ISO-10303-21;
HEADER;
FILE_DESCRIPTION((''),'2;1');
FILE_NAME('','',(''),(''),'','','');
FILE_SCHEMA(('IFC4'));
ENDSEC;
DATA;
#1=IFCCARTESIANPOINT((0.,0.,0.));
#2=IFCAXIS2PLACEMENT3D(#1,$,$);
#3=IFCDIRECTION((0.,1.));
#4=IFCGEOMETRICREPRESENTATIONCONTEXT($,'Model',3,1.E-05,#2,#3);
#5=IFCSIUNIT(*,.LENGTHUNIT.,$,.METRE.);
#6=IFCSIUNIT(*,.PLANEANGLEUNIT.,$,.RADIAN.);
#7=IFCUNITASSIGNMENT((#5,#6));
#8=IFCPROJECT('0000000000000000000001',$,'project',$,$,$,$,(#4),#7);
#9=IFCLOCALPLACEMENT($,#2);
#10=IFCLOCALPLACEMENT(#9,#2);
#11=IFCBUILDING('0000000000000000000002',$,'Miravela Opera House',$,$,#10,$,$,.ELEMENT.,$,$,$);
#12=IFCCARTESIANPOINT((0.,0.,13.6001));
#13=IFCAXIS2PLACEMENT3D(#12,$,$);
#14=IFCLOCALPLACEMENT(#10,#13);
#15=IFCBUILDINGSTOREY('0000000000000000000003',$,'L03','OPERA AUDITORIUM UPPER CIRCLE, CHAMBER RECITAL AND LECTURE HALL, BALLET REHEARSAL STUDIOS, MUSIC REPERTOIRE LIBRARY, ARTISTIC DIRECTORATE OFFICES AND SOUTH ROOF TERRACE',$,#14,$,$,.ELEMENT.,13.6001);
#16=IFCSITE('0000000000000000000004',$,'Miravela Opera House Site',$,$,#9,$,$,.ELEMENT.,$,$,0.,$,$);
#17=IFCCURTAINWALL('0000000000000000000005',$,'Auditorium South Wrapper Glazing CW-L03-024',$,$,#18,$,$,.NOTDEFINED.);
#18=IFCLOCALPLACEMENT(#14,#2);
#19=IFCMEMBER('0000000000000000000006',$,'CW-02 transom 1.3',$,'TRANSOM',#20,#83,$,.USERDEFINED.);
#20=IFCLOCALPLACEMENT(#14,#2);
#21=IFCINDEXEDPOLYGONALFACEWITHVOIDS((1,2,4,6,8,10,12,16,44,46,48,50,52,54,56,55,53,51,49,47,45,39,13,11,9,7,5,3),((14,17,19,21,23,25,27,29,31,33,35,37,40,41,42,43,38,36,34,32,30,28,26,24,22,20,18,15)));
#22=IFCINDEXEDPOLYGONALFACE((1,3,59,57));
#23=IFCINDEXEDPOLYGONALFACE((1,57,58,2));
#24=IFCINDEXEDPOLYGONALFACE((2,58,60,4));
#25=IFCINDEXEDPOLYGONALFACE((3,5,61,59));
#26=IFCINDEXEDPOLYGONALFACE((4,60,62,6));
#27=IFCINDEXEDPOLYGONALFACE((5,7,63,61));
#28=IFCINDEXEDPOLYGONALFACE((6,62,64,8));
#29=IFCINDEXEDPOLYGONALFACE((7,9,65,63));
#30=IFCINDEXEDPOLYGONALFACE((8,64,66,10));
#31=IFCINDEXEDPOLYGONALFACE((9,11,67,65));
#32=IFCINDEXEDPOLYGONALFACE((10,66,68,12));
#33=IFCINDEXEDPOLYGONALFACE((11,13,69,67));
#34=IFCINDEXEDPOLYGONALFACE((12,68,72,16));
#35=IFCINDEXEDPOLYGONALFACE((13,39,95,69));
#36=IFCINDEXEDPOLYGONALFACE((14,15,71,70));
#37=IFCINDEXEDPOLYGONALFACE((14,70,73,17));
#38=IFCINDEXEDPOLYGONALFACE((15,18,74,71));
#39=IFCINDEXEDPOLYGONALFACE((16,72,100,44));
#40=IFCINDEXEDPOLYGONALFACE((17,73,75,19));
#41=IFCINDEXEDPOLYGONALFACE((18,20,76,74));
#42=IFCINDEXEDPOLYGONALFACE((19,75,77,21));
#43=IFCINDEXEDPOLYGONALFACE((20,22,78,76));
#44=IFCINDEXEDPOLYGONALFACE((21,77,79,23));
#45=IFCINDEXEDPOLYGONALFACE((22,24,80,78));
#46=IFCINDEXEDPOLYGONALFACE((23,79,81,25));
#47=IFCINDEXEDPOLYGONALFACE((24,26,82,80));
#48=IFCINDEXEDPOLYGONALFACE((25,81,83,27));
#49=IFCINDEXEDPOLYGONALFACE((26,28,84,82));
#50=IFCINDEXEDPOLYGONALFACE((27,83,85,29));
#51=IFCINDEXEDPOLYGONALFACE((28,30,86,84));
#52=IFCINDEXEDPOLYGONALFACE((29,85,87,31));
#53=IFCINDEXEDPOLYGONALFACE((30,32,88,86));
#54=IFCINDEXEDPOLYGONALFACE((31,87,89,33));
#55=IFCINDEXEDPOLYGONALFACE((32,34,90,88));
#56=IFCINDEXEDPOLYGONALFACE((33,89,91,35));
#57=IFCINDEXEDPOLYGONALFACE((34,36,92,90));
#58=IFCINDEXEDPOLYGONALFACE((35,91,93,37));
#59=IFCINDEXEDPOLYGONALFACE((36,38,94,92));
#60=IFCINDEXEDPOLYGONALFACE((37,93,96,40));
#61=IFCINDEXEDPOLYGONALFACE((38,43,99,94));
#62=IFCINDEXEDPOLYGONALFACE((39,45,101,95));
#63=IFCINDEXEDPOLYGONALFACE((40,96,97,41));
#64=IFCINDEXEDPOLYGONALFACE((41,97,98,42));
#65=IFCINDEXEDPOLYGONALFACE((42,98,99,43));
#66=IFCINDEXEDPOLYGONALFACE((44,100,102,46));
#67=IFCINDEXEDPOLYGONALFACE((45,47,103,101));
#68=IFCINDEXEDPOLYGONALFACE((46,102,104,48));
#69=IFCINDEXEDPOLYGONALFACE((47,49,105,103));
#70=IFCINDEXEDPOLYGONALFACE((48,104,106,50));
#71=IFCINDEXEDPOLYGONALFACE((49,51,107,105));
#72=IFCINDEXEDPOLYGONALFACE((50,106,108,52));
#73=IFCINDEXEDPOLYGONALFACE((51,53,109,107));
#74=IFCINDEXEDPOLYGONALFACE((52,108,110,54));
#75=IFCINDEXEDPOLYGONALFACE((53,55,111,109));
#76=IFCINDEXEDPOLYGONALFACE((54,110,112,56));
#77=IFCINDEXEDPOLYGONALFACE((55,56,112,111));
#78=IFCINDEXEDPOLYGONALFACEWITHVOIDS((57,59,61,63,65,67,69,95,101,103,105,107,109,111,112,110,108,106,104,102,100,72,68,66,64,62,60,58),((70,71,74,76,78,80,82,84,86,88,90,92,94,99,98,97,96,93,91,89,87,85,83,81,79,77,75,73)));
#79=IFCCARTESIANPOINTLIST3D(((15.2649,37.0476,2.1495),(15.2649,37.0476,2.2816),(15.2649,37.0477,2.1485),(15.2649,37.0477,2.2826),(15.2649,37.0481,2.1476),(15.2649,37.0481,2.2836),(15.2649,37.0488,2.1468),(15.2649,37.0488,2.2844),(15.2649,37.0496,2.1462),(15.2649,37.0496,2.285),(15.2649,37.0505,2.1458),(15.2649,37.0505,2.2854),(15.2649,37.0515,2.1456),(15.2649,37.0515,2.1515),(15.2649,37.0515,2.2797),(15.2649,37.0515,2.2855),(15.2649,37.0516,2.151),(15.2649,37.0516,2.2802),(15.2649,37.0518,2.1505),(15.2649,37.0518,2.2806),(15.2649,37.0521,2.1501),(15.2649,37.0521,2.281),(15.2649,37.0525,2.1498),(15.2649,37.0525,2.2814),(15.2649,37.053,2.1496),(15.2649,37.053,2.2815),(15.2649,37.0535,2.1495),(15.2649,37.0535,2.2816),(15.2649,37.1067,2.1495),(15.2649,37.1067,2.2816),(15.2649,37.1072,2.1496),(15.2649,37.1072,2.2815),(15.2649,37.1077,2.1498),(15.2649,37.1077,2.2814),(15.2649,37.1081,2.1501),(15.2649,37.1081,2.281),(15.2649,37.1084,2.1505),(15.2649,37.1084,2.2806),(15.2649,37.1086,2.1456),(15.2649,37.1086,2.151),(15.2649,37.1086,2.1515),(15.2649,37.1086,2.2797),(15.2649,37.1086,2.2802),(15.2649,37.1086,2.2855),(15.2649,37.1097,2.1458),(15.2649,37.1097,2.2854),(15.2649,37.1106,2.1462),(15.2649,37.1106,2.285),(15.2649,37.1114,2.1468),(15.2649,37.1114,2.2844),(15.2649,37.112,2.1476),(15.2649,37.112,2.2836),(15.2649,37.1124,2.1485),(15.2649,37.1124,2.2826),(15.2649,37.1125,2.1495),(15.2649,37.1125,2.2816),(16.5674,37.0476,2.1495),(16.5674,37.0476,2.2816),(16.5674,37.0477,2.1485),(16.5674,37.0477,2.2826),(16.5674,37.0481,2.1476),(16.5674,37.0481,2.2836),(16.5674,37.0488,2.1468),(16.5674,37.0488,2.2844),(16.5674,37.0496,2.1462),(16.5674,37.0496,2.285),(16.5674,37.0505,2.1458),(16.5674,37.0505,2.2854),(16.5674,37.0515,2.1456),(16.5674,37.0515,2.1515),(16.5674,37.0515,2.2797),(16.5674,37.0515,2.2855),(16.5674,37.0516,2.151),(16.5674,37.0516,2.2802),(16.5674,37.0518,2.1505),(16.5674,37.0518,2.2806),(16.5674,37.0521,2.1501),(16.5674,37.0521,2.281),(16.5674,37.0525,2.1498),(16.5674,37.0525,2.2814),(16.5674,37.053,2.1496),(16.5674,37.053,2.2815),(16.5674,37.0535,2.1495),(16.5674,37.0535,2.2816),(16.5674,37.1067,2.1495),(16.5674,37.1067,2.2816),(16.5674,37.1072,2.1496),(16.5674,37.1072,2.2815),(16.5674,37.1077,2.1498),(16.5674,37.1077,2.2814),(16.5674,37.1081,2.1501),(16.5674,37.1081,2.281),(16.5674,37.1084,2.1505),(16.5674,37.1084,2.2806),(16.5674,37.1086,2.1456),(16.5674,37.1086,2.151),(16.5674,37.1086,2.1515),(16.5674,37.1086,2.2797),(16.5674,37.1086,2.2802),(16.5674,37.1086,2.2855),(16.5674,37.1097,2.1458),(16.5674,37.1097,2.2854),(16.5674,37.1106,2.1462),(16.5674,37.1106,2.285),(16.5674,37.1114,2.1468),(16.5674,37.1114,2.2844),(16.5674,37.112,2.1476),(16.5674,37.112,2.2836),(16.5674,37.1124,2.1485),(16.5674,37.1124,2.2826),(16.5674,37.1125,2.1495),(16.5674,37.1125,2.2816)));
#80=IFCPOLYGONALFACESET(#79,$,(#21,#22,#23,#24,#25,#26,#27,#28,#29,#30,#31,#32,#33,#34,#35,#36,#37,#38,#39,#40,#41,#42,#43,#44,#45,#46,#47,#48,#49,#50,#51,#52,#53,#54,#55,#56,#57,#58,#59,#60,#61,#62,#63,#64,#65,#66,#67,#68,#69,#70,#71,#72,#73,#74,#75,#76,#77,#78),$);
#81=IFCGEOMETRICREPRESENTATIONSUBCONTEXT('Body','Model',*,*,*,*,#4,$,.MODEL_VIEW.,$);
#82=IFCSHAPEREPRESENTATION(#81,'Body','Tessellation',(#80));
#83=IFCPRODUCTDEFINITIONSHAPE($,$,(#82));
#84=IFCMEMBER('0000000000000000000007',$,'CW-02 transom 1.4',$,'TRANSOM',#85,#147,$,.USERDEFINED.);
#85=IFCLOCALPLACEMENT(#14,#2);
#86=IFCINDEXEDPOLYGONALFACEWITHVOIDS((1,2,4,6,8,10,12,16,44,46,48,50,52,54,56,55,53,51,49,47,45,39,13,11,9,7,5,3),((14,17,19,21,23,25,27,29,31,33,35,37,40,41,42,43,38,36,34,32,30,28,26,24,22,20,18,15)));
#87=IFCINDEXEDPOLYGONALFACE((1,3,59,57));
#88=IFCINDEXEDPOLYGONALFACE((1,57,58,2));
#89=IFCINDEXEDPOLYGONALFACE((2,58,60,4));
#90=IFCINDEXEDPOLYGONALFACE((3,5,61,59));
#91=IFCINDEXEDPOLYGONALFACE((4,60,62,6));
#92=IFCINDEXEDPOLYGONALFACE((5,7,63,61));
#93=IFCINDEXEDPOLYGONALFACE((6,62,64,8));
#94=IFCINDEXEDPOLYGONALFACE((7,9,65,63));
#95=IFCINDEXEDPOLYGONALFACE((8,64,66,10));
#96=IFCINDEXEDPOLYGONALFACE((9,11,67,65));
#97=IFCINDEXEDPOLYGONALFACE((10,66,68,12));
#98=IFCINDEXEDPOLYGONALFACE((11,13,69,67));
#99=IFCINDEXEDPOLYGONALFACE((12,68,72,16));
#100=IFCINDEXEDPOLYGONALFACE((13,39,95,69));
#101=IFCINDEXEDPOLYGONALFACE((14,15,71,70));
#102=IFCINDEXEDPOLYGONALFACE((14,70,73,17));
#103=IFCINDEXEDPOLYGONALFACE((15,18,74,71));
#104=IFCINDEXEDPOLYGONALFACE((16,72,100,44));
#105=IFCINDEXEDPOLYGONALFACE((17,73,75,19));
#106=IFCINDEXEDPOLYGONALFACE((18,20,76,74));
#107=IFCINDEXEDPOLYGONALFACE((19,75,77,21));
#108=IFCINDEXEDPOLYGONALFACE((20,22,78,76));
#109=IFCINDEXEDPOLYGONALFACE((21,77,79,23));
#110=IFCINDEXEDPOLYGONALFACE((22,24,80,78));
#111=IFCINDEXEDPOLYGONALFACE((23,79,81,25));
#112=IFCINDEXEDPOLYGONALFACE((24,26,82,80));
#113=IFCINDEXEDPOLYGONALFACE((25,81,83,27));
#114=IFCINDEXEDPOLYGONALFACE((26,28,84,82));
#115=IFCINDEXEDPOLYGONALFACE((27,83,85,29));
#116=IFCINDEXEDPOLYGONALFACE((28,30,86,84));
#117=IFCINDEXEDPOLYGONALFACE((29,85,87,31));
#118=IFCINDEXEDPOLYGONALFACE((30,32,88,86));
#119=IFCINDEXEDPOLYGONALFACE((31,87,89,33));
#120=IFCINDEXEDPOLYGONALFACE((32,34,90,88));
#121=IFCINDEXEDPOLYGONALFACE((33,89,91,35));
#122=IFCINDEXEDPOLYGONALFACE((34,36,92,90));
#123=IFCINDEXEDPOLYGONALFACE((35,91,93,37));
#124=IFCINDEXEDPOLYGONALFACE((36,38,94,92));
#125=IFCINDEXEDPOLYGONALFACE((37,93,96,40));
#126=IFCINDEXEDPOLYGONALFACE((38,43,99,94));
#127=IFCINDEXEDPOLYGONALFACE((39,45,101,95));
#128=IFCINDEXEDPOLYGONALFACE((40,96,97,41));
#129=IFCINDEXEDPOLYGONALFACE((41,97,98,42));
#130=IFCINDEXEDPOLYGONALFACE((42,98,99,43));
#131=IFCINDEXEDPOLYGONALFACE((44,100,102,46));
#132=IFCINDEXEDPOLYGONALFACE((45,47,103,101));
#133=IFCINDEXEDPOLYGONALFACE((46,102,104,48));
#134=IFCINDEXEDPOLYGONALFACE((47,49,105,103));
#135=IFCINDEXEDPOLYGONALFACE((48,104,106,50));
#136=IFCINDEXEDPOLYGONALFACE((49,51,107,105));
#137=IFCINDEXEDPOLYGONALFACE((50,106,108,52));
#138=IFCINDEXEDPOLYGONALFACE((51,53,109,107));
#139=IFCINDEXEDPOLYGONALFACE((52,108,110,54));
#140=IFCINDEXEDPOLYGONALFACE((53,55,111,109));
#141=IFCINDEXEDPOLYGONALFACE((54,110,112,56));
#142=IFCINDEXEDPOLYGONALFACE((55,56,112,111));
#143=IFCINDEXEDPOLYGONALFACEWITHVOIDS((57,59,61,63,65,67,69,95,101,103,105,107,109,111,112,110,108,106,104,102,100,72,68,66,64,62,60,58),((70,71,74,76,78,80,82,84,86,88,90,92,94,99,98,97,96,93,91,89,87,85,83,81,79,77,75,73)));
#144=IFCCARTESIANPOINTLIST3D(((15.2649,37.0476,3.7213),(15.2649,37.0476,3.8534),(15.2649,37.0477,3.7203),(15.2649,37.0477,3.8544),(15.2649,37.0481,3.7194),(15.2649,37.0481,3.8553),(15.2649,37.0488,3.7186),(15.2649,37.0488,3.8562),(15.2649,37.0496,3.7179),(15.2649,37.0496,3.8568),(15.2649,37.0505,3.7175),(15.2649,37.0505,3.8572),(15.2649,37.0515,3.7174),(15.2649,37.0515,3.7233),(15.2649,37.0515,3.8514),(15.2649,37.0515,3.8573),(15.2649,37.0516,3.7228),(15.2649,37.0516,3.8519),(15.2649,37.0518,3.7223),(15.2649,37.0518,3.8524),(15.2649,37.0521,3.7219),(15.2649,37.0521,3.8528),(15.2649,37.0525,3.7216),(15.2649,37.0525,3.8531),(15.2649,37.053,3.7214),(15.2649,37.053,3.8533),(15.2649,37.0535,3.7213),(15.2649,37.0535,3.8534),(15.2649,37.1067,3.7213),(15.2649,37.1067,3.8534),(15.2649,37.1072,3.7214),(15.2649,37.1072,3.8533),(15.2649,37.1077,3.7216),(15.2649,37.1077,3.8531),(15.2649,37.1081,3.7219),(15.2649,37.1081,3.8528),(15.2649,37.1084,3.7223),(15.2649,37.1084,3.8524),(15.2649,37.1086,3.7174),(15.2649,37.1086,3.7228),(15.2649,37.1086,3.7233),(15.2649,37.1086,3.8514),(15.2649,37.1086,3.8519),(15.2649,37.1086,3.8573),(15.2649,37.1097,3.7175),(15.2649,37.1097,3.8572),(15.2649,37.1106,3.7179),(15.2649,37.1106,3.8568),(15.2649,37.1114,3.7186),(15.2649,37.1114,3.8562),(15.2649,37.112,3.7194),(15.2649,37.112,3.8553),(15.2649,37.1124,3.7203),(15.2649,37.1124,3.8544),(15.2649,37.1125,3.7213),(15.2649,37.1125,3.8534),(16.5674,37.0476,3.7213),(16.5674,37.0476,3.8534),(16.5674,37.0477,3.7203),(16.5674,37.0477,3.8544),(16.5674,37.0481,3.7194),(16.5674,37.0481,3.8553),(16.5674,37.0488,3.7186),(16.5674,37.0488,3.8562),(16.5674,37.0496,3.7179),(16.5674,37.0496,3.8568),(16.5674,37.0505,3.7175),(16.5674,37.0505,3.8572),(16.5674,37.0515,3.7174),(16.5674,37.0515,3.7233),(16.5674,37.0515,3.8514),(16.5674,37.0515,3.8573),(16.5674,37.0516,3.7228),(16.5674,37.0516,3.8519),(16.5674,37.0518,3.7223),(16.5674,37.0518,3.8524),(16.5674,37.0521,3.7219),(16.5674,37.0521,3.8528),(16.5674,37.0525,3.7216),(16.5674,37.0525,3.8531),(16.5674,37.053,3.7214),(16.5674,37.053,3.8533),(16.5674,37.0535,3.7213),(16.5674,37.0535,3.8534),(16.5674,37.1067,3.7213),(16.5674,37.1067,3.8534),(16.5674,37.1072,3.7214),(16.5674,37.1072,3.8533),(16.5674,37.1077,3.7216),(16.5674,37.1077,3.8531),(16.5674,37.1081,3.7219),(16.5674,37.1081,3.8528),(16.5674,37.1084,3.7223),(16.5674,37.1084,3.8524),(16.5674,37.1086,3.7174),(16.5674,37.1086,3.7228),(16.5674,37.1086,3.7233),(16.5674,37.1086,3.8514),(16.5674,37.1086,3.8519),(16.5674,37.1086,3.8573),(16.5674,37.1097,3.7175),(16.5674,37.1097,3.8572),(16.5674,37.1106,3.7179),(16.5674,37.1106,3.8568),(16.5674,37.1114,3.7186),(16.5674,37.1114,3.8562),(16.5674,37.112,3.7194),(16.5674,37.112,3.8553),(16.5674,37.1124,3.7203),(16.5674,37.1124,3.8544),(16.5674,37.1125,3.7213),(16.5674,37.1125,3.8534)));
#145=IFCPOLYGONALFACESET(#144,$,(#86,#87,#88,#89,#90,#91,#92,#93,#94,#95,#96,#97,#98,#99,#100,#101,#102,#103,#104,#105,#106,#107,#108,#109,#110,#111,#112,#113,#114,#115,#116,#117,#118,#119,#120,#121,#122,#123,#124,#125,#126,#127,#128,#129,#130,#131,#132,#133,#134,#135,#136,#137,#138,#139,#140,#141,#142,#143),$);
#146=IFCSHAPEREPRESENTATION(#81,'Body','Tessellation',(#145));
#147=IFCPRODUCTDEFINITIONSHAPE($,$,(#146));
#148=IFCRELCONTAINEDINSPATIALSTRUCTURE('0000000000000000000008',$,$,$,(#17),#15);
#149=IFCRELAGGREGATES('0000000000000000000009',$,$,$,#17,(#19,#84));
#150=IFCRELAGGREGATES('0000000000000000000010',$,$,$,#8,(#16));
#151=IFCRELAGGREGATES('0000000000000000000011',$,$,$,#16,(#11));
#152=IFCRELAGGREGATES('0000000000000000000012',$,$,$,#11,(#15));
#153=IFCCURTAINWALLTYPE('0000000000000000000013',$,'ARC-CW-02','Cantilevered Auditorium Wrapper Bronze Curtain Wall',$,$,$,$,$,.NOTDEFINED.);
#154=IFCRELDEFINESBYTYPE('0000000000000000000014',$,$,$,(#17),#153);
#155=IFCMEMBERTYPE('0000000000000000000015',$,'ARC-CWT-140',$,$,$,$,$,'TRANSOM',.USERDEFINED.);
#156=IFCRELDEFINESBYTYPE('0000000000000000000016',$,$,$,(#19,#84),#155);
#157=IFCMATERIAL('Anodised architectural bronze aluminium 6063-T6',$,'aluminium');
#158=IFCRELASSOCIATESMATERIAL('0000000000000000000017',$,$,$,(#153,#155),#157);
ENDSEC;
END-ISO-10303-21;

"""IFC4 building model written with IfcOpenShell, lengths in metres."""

from ifc_helpers import new_model, si_unit, direction, frame, origin, origin_2d, place, context, subcontext, project, spatial, hollow_rectangle, extrude, material, material_profile, profile_set, type_object, element, aggregate, save


model = new_model("IFC4")

# Units and contexts
model_context = context("Model", 3, precision=1e-05, world=origin(), true_north=direction((0.0, 1.0)))
body_context = subcontext(model_context, "Body", "Model", "MODEL_VIEW")
ifc_project = project(units=[si_unit("LENGTHUNIT", "METRE"), si_unit("PLANEANGLEUNIT", "RADIAN")], contexts=[model_context])

# Site, building, storey
site_placement = place(None, origin())
site = spatial("IfcSite", under=ifc_project, at=site_placement, Name="Miravela Opera House Site", CompositionType="ELEMENT", RefElevation=0.0)
building_placement = place(site_placement, origin())
building = spatial("IfcBuilding", under=site, at=building_placement, Name="Miravela Opera House", CompositionType="ELEMENT")
storey_placement = place(building_placement, frame((0.0, 0.0, 13.6001)))
storey = spatial("IfcBuildingStorey", under=building, at=storey_placement, Name="L03", Description="OPERA AUDITORIUM UPPER CIRCLE, CHAMBER RECITAL AND LECTURE HALL, BALLET REHEARSAL STUDIOS, MUSIC REPERTOIRE LIBRARY, ARTISTIC DIRECTORATE OFFICES AND SOUTH ROOF TERRACE", CompositionType="ELEMENT", Elevation=13.6001)

# Curtain wall
ifc_material_1 = material(Name="Anodised architectural bronze aluminium 6063-T6", Category="aluminium")
curtain_wall_type = type_object("IfcCurtainWallType", Name="ARC-CW-02", Description="Cantilevered Auditorium Wrapper Bronze Curtain Wall", PredefinedType="NOTDEFINED", material=ifc_material_1)
curtain_wall_1_placement = place(storey_placement, origin())
curtain_wall_1 = element("IfcCurtainWall", 1, at=curtain_wall_1_placement, inside=storey, type_object=curtain_wall_type, Name="Auditorium South Wrapper Glazing CW-L03-024", PredefinedType="NOTDEFINED")

# Members
ifc_material_profile_1 = material_profile(ifc_material_1, hollow_rectangle(XDim=0.0649, YDim=0.1399, WallThickness=0.0039, InnerFilletRadius=0.002, OuterFilletRadius=0.0039, at=origin_2d()), Name="CWT-65X140")
ifc_profile_set_1 = profile_set([ifc_material_profile_1])
member_type_1 = type_object("IfcMemberType", Name="ARC-CWT-140", ElementType="TRANSOM", PredefinedType="USERDEFINED", material=ifc_profile_set_1)
member_1_placement = place(storey_placement, frame((15.2649, 37.0801, 2.2156), z_axis=(1.0, 0.0, 0.0), x_axis=(0.0, 1.0, 0.0)))
member_1 = element("IfcMember", 2, at=member_1_placement, type_object=member_type_1, Name="CW-02 transom 1.3", ObjectType="TRANSOM", PredefinedType="USERDEFINED", context=body_context, shape_type="SweptSolid", body=[
    extrude(hollow_rectangle(XDim=0.0649, YDim=0.1399, WallThickness=0.0039, InnerFilletRadius=0.002, OuterFilletRadius=0.0039, at=origin_2d()), origin(), (0.0, 0.0, 1.0), 1.3025),
])
member_2_placement = place(storey_placement, frame((15.2649, 37.0801, 3.7874), z_axis=(1.0, 0.0, 0.0), x_axis=(0.0, 1.0, 0.0)))
member_2 = element("IfcMember", 3, at=member_2_placement, type_object=member_type_1, Name="CW-02 transom 1.4", ObjectType="TRANSOM", PredefinedType="USERDEFINED", context=body_context, shape_type="SweptSolid", body=[
    extrude(hollow_rectangle(XDim=0.0649, YDim=0.1399, WallThickness=0.0039, InnerFilletRadius=0.002, OuterFilletRadius=0.0039, at=origin_2d()), origin(), (0.0, 0.0, 1.0), 1.3025),
])

aggregate(curtain_wall_1, [member_1, member_2])

save(model, "model.ifc")
